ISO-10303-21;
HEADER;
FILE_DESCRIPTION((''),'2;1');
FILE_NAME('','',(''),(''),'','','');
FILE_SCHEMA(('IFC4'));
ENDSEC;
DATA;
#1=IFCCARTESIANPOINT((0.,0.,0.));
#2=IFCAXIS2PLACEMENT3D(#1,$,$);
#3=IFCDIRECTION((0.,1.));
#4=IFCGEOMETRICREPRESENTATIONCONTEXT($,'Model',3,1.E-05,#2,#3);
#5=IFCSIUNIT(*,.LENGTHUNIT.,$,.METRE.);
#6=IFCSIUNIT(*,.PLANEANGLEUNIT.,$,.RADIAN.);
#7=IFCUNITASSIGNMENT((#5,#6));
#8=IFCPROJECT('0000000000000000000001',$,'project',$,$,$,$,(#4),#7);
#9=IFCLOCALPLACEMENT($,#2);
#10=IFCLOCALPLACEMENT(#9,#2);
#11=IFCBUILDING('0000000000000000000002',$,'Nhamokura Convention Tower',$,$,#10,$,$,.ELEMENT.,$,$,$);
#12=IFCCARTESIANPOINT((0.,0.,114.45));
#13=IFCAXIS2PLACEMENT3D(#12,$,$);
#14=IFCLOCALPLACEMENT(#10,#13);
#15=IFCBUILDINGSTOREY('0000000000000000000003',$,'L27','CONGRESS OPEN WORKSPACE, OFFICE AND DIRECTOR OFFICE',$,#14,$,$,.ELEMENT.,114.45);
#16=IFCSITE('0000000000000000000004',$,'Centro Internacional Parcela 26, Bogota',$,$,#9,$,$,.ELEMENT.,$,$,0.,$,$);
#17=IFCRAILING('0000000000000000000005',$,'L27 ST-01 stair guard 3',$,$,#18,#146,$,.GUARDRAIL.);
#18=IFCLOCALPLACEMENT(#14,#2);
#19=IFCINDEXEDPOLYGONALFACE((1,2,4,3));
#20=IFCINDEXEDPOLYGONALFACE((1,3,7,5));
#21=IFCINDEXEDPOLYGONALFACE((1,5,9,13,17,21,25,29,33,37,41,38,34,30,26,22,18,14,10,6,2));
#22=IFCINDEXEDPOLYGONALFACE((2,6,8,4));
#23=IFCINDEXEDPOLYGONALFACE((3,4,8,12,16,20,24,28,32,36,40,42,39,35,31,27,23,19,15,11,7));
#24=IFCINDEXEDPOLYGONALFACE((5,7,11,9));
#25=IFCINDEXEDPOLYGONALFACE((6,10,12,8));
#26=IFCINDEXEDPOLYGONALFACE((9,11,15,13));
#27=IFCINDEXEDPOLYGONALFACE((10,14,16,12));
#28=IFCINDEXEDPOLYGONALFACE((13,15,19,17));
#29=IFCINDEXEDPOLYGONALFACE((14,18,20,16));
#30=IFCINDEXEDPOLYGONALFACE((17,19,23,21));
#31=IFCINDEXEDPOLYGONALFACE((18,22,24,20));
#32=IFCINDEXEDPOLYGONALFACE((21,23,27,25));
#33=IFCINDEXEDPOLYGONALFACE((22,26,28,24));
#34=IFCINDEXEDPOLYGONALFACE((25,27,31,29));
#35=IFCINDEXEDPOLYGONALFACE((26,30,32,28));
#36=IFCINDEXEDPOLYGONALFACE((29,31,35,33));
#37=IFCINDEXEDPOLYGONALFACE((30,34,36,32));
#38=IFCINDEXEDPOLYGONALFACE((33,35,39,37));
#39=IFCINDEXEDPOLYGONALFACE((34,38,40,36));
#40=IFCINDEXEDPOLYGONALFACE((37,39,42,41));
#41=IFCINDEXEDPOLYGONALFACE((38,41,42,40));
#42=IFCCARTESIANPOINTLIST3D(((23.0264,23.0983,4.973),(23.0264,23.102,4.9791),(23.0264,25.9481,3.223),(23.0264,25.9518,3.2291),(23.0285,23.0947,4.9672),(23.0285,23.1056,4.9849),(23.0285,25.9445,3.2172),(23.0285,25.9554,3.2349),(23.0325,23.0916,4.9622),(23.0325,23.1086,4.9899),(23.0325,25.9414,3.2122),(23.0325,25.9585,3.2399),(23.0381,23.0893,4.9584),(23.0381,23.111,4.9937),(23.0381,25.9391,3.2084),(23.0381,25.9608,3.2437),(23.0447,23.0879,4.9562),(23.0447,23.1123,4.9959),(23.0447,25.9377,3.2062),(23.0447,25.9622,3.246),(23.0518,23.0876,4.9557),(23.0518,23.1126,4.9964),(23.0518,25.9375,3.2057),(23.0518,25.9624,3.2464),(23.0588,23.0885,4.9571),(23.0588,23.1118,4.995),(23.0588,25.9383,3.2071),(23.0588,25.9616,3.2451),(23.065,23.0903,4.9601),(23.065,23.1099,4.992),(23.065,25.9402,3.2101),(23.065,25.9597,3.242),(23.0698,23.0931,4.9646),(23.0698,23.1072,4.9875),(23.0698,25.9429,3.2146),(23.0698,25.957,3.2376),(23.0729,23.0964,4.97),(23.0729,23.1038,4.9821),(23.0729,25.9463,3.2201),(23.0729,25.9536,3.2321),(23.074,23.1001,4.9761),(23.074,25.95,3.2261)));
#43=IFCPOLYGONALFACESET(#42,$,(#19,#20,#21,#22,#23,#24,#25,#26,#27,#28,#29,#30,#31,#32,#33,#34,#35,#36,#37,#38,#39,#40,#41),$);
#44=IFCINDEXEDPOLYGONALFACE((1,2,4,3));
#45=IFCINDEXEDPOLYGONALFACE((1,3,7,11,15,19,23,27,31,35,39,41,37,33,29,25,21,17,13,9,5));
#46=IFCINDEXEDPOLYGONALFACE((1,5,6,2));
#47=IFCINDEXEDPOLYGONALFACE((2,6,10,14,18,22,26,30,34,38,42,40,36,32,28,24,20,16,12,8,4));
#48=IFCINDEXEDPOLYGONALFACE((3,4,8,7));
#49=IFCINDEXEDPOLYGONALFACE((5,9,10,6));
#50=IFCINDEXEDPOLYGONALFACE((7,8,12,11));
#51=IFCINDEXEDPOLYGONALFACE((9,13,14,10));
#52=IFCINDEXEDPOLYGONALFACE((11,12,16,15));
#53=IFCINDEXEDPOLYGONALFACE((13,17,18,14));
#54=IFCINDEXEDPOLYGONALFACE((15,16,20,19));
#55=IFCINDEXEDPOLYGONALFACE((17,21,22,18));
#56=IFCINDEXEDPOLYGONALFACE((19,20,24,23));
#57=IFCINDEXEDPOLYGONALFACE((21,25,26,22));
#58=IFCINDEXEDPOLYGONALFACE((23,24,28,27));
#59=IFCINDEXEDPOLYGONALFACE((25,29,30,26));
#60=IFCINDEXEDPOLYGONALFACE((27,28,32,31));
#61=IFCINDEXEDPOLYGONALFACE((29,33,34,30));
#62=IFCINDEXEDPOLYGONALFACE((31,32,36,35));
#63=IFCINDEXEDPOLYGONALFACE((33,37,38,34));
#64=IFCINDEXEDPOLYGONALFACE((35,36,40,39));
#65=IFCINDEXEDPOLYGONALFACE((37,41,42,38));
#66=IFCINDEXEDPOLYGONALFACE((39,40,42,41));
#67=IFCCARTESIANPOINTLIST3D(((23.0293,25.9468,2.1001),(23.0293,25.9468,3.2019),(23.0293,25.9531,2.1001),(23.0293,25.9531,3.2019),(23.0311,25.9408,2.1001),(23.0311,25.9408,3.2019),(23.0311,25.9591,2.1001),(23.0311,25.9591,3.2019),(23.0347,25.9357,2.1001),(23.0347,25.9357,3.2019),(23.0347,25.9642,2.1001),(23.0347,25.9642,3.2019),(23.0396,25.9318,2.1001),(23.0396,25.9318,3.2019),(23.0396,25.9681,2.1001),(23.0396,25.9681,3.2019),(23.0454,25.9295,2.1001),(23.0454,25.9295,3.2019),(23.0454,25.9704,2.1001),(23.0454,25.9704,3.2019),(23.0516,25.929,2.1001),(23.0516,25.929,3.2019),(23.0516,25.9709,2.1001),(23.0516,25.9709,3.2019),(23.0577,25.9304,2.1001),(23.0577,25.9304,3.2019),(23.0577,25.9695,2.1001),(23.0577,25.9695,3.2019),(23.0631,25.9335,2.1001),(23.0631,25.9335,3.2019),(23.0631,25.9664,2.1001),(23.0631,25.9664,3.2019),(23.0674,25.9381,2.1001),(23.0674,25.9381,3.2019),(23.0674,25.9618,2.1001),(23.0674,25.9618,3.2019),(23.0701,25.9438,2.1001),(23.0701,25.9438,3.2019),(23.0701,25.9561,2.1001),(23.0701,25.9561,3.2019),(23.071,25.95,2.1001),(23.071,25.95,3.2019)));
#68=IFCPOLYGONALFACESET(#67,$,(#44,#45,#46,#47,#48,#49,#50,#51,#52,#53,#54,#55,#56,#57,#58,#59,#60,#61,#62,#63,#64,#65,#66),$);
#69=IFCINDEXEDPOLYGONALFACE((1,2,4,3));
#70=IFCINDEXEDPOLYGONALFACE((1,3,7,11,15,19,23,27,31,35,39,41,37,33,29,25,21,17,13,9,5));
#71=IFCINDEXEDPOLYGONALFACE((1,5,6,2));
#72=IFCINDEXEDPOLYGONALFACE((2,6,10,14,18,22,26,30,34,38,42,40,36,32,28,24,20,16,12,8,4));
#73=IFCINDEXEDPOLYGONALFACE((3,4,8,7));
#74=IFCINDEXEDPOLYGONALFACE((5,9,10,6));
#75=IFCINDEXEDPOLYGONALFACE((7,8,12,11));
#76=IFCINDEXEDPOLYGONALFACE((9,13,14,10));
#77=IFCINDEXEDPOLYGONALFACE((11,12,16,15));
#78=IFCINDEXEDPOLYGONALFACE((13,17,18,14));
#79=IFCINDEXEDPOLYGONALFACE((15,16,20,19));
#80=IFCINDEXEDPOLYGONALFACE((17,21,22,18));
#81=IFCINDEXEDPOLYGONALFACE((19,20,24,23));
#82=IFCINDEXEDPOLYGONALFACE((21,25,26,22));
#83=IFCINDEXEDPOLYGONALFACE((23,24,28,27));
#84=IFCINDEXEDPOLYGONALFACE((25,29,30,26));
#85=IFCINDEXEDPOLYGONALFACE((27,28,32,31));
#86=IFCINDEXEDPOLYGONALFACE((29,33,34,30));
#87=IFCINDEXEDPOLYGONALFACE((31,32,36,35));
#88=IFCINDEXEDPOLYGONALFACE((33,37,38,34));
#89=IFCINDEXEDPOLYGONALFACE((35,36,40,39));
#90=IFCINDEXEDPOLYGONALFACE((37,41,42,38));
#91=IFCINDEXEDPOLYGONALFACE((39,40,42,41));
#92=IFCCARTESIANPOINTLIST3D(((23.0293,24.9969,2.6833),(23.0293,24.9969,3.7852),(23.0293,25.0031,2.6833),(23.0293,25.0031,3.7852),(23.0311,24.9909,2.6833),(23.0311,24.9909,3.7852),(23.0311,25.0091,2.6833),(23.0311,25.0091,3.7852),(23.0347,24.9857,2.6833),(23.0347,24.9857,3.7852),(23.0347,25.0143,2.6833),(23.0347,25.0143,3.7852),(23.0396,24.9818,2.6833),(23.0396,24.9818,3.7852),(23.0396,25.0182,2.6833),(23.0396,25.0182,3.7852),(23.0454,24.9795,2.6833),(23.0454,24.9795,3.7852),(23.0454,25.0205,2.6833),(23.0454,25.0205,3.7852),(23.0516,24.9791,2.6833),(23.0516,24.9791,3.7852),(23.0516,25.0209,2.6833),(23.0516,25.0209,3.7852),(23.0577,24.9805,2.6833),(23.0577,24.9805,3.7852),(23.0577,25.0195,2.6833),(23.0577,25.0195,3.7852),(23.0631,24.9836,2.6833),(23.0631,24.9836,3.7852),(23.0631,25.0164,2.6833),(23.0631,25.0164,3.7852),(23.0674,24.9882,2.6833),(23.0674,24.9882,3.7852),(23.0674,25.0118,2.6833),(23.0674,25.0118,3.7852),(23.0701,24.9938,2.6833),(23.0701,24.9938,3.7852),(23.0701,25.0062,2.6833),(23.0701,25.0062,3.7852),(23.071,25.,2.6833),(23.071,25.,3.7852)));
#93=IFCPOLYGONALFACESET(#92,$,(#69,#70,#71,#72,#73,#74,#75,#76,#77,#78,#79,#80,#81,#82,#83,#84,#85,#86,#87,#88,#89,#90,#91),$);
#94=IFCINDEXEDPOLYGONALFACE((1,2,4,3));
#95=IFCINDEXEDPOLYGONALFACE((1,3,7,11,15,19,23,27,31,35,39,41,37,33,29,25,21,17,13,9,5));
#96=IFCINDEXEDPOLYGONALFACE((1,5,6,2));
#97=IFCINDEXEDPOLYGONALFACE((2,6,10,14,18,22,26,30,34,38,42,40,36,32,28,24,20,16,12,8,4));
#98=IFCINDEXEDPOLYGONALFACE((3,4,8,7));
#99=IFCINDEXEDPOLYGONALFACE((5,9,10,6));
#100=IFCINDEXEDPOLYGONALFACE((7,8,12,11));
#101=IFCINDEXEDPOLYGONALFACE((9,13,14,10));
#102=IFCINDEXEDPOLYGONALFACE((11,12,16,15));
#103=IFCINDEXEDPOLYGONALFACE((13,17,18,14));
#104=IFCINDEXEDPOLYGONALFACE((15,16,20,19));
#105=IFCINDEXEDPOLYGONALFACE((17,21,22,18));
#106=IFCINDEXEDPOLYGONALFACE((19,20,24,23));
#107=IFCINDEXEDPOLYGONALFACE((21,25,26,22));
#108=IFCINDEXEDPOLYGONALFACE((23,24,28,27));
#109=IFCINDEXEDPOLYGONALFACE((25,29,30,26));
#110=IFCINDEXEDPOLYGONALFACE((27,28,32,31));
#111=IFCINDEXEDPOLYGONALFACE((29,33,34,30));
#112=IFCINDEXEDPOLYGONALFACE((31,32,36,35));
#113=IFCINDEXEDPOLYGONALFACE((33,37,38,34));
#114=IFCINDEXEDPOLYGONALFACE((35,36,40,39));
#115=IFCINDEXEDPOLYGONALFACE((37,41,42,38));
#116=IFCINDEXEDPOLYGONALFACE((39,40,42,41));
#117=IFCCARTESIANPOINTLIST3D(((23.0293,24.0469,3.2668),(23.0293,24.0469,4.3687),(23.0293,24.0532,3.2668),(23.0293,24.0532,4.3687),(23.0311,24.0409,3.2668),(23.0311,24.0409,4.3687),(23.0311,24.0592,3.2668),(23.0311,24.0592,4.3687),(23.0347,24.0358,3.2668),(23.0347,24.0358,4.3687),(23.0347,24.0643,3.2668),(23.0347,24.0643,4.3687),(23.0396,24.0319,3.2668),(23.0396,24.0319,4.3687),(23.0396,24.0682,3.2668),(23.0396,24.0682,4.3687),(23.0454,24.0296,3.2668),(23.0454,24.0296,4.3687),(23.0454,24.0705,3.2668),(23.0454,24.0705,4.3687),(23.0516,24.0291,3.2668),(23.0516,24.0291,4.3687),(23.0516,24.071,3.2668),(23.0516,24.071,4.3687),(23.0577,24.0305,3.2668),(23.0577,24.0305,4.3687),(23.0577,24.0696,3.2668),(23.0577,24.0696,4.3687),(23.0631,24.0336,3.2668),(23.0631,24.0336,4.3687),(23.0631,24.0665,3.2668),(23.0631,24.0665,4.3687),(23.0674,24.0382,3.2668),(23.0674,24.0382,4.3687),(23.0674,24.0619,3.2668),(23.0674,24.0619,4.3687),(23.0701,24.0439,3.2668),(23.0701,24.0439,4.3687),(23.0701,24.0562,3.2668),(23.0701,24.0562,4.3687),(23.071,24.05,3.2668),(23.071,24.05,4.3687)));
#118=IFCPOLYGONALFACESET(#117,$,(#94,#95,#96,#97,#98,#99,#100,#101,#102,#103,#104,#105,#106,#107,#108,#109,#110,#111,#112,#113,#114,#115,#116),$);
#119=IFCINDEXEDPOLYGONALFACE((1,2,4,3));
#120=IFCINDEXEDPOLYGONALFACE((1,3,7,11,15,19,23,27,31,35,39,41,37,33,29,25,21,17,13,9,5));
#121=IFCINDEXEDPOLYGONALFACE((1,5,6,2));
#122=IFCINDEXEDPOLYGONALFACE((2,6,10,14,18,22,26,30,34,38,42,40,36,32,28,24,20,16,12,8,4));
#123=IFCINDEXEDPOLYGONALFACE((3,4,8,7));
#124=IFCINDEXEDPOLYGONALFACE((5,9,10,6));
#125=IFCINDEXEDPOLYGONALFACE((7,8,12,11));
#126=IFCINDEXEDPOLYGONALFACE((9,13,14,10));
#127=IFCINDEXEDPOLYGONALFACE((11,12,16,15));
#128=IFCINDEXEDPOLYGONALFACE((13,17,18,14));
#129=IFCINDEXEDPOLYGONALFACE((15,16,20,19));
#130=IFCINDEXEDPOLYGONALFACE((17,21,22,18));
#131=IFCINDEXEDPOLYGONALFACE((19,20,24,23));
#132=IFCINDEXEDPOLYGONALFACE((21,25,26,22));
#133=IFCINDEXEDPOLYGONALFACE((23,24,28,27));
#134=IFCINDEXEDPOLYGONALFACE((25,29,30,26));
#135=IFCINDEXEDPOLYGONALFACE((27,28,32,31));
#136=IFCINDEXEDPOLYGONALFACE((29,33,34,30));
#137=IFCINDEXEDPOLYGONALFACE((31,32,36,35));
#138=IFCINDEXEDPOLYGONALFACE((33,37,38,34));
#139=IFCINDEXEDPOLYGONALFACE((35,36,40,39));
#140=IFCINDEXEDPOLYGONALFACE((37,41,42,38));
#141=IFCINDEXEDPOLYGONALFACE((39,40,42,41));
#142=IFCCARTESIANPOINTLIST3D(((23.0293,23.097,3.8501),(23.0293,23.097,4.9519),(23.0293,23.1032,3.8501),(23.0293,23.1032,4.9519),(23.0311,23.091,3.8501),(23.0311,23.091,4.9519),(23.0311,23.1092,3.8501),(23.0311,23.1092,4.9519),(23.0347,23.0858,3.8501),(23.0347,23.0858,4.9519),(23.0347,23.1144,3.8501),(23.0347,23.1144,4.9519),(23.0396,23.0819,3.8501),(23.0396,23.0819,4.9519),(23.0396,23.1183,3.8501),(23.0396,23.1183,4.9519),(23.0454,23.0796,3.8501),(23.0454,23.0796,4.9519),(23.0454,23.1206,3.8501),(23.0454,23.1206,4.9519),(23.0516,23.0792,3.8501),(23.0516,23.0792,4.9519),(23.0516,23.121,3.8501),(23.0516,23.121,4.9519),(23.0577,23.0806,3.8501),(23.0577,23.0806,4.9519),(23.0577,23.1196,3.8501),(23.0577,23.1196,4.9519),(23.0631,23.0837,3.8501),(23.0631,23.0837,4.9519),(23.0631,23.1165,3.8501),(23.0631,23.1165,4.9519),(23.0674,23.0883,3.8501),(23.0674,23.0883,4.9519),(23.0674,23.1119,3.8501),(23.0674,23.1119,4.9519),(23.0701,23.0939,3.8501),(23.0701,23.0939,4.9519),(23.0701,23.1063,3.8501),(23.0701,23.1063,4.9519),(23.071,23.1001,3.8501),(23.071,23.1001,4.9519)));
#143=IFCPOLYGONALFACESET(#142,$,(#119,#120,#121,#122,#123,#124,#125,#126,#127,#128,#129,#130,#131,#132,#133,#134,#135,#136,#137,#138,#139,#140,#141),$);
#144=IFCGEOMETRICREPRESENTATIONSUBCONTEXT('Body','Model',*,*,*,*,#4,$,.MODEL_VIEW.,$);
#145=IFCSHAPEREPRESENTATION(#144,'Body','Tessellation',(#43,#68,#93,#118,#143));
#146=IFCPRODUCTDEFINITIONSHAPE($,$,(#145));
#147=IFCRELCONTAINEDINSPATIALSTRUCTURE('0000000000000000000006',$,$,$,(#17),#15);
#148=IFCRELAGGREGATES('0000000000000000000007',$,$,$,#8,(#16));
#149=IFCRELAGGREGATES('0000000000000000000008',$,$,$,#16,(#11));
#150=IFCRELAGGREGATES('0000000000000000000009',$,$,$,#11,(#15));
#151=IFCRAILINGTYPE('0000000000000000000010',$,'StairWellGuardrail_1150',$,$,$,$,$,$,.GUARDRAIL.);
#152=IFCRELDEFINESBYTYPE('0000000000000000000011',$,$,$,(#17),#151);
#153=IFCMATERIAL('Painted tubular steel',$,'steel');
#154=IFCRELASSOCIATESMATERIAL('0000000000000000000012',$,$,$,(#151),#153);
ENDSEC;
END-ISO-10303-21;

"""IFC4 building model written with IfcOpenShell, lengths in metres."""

from ifc_helpers import new_model, si_unit, direction, frame, origin, origin_2d, place, context, subcontext, project, spatial, circle, extrude, material, type_object, element, save


model = new_model("IFC4")

# Units and contexts
model_context = context("Model", 3, precision=1e-05, world=origin(), true_north=direction((0.0, 1.0)))
body_context = subcontext(model_context, "Body", "Model", "MODEL_VIEW")
ifc_project = project(units=[si_unit("LENGTHUNIT", "METRE"), si_unit("PLANEANGLEUNIT", "RADIAN")], contexts=[model_context])

# Site, building, storey
site_placement = place(None, origin())
site = spatial("IfcSite", under=ifc_project, at=site_placement, Name="Centro Internacional Parcela 26, Bogota", CompositionType="ELEMENT", RefElevation=0.0)
building_placement = place(site_placement, origin())
building = spatial("IfcBuilding", under=site, at=building_placement, Name="Nhamokura Convention Tower", CompositionType="ELEMENT")
storey_placement = place(building_placement, frame((0.0, 0.0, 114.45)))
storey = spatial("IfcBuildingStorey", under=building, at=storey_placement, Name="L27", Description="CONGRESS OPEN WORKSPACE, OFFICE AND DIRECTOR OFFICE", CompositionType="ELEMENT", Elevation=114.45)

# Railing
ifc_material_1 = material(Name="Painted tubular steel", Category="steel")
railing_type_1 = type_object("IfcRailingType", Name="StairWellGuardrail_1150", PredefinedType="GUARDRAIL", material=ifc_material_1)
railing_1_placement = place(storey_placement, frame((23.05, 25.95, 2.1001)))
element("IfcRailing", 1, at=railing_1_placement, inside=storey, type_object=railing_type_1, Name="L27 ST-01 stair guard 3", PredefinedType="GUARDRAIL", context=body_context, shape_type="SweptSolid", body=[
    extrude(circle(Radius=0.0239, at=origin_2d()), frame((0.0, 0.0, 1.126), z_axis=(0.0, -0.852159, 0.523283), x_axis=(1.0, 0.0, 0.0)), (0.0, 0.0, 1.0), 3.3442),
    extrude(circle(Radius=0.021, at=origin_2d()), origin(), (0.0, 0.0, 1.0), 1.1018),
    extrude(circle(Radius=0.021, at=origin_2d()), frame((0.0, -0.95, 0.5833)), (0.0, 0.0, 1.0), 1.1018),
    extrude(circle(Radius=0.021, at=origin_2d()), frame((0.0, -1.8999, 1.1667)), (0.0, 0.0, 1.0), 1.1018),
    extrude(circle(Radius=0.021, at=origin_2d()), frame((0.0, -2.8499, 1.75)), (0.0, 0.0, 1.0), 1.1018),
])

save(model, "model.ifc")
